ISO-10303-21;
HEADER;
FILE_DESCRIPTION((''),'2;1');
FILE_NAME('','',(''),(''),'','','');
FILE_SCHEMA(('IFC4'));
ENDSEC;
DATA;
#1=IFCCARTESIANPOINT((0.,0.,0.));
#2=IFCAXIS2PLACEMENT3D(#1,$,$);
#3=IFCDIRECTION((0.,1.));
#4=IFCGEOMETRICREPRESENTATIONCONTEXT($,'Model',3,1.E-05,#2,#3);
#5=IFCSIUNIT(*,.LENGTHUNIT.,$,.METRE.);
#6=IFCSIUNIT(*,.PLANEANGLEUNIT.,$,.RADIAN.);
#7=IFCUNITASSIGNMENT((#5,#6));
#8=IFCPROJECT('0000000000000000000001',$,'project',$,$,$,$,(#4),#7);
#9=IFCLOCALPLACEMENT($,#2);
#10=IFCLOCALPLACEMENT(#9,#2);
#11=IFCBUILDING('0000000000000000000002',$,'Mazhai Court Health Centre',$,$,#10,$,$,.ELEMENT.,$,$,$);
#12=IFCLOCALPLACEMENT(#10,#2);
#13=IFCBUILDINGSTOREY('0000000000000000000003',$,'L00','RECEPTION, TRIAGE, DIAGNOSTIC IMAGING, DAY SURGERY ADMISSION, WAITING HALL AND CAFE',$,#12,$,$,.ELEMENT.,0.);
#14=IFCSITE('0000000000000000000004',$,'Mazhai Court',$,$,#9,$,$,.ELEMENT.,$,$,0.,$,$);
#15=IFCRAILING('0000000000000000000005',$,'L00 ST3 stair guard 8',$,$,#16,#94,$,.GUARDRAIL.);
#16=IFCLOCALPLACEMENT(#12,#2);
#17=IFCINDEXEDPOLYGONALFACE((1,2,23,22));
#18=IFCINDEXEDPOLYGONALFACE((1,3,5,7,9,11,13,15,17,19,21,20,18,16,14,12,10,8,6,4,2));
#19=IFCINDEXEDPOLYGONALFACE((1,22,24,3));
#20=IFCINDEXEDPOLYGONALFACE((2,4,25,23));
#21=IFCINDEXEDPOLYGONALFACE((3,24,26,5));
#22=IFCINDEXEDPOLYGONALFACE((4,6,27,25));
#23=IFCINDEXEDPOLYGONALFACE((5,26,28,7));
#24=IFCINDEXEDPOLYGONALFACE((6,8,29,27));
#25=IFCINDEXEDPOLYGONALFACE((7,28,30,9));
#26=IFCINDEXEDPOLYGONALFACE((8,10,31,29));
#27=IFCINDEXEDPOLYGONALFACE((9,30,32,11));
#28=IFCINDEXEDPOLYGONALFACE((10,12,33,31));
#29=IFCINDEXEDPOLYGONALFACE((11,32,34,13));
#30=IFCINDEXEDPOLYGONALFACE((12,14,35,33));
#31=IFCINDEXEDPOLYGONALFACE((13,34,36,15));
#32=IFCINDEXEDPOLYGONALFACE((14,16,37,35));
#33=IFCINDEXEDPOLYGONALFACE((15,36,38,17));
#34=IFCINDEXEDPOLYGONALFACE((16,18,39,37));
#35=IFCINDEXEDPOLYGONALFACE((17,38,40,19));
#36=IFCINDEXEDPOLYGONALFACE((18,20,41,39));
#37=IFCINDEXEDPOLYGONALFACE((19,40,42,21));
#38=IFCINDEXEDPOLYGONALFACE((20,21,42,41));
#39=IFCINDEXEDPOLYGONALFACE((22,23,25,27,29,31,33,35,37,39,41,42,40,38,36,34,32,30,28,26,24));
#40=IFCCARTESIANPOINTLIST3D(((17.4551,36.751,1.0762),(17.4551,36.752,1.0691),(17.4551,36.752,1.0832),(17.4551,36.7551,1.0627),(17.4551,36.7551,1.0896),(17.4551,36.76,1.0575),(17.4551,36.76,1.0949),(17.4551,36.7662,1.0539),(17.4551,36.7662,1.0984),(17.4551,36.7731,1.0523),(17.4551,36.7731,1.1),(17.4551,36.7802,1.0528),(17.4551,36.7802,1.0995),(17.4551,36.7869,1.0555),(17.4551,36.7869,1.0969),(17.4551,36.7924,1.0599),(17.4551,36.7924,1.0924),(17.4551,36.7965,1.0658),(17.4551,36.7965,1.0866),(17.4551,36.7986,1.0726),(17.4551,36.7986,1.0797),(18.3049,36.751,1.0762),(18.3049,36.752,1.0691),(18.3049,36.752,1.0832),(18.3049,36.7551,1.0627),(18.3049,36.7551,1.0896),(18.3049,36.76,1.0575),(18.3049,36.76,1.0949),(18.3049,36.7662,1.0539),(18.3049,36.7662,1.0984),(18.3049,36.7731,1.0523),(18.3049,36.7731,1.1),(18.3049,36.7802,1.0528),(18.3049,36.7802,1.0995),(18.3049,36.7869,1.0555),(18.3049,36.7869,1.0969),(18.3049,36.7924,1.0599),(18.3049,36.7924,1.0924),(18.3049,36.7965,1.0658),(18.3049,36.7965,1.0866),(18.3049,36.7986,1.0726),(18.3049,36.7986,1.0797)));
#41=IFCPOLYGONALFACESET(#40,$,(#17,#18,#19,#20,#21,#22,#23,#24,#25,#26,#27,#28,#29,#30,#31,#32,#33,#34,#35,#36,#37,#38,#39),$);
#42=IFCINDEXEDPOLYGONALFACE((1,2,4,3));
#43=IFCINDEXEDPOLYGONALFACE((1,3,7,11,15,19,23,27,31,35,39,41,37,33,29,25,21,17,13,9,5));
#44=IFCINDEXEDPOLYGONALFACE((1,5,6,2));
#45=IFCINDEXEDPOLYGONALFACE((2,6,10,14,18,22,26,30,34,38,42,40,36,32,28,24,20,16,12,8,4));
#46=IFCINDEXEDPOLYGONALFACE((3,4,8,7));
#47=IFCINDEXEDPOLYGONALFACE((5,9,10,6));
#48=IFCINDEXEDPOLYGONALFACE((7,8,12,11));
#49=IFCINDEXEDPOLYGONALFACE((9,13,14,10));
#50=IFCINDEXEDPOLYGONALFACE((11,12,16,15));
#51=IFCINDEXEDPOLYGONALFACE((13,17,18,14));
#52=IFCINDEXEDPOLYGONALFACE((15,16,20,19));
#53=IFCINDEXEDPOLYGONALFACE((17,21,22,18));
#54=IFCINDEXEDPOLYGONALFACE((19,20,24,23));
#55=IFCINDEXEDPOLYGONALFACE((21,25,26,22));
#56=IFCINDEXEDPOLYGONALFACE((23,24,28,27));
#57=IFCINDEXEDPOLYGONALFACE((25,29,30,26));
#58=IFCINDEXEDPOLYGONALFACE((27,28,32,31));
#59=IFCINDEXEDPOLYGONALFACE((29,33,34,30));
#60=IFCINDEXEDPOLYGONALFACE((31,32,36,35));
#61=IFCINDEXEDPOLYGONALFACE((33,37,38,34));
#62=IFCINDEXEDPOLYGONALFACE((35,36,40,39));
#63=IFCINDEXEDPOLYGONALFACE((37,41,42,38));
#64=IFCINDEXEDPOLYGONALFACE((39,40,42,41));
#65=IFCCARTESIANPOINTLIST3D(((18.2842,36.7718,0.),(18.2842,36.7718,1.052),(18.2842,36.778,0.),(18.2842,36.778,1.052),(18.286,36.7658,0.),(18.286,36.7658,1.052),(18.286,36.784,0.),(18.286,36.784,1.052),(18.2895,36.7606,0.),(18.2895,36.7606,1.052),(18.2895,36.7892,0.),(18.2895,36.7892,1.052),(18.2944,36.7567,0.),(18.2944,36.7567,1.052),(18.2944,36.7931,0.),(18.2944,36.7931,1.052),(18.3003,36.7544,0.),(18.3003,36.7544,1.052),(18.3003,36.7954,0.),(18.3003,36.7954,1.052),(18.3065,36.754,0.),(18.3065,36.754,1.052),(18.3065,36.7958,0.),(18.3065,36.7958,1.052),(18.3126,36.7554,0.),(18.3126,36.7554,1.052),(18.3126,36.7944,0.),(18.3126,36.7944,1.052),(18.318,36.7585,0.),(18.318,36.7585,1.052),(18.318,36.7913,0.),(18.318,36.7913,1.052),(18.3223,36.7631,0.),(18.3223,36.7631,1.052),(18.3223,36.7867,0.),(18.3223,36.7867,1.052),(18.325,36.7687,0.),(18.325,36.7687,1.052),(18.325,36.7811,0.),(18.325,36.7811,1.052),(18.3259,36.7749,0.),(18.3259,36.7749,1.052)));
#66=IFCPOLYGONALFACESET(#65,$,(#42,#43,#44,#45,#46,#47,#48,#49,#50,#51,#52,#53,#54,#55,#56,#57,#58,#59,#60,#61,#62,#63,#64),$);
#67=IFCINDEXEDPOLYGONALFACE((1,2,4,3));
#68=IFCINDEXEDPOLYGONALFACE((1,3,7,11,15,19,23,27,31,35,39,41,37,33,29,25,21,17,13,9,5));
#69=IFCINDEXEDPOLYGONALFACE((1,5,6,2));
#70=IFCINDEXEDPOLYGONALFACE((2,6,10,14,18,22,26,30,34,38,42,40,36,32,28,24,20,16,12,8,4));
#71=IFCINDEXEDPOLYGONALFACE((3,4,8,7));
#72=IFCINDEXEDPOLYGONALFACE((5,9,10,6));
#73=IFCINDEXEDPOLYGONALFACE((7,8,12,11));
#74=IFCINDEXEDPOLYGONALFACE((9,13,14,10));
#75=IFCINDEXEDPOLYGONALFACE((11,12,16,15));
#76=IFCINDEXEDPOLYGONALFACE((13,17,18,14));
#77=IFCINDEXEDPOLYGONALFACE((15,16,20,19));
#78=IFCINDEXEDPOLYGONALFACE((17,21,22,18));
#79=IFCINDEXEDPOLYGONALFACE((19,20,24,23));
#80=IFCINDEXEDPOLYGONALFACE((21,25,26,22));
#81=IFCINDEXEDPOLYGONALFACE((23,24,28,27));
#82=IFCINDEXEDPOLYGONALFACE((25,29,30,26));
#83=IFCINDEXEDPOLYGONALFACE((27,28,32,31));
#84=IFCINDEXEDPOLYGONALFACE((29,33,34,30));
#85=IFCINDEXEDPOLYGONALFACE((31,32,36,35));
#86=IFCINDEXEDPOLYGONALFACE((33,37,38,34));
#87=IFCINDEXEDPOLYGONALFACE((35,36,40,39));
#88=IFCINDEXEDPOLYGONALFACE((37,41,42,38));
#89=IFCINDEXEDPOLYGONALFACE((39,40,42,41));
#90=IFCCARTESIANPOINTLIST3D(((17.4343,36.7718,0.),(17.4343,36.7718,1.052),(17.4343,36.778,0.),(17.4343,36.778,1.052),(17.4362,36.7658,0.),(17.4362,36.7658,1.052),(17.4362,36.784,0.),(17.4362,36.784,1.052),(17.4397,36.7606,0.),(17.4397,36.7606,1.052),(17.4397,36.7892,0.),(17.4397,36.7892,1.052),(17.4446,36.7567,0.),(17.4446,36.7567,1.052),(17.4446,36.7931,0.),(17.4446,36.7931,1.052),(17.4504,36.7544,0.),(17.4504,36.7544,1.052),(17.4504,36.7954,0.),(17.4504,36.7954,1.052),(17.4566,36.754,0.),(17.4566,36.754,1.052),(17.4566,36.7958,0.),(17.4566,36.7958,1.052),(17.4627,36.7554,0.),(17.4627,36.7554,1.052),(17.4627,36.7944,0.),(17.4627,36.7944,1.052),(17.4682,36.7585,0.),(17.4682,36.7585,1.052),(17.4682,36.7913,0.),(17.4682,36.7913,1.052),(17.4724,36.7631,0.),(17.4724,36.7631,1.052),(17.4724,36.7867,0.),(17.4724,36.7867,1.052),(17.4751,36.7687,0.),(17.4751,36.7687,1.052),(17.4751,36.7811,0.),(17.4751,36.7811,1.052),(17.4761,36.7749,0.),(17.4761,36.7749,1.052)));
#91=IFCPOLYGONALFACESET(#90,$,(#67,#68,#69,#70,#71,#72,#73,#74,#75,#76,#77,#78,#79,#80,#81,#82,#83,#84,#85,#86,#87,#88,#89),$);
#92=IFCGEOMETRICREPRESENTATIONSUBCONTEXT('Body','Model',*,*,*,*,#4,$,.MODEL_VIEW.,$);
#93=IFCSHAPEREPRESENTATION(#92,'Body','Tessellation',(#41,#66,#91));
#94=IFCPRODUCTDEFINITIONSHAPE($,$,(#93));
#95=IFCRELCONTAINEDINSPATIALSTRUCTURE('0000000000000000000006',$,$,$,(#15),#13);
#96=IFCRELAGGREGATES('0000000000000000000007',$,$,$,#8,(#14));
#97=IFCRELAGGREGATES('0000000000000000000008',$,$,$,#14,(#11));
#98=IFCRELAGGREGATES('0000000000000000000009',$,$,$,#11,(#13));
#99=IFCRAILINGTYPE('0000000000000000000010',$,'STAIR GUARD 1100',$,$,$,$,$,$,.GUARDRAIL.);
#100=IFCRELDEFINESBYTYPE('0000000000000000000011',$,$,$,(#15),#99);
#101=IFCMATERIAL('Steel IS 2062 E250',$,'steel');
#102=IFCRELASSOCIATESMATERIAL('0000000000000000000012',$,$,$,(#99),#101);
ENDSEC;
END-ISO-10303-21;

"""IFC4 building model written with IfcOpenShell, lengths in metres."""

from ifc_helpers import new_model, si_unit, direction, frame, origin, origin_2d, place, context, subcontext, project, spatial, circle, extrude, material, type_object, element, save


model = new_model("IFC4")

# Units and contexts
model_context = context("Model", 3, precision=1e-05, world=origin(), true_north=direction((0.0, 1.0)))
body_context = subcontext(model_context, "Body", "Model", "MODEL_VIEW")
ifc_project = project(units=[si_unit("LENGTHUNIT", "METRE"), si_unit("PLANEANGLEUNIT", "RADIAN")], contexts=[model_context])

# Site, building, storey
site_placement = place(None, origin())
site = spatial("IfcSite", under=ifc_project, at=site_placement, Name="Mazhai Court", CompositionType="ELEMENT", RefElevation=0.0)
building_placement = place(site_placement, origin())
building = spatial("IfcBuilding", under=site, at=building_placement, Name="Mazhai Court Health Centre", CompositionType="ELEMENT")
storey_placement = place(building_placement, origin())
storey = spatial("IfcBuildingStorey", under=building, at=storey_placement, Name="L00", Description="RECEPTION, TRIAGE, DIAGNOSTIC IMAGING, DAY SURGERY ADMISSION, WAITING HALL AND CAFE", CompositionType="ELEMENT", Elevation=0.0)

# Railing
ifc_material_1 = material(Name="Steel IS 2062 E250", Category="steel")
railing_type = type_object("IfcRailingType", Name="STAIR GUARD 1100", PredefinedType="GUARDRAIL", material=ifc_material_1)
railing_1_placement = place(storey_placement, frame((18.3049, 36.7749, 0.0)))
element("IfcRailing", 1, at=railing_1_placement, inside=storey, type_object=railing_type, Name="L00 ST3 stair guard 8", PredefinedType="GUARDRAIL", context=body_context, shape_type="SweptSolid", body=[
    extrude(circle(Radius=0.0239, at=origin_2d()), frame((0.0, 0.0, 1.0762), z_axis=(-1.0, 0.0, 0.0), x_axis=(0.0, -1.0, 0.0)), (0.0, 0.0, 1.0), 0.8499),
    extrude(circle(Radius=0.021, at=origin_2d()), origin(), (0.0, 0.0, 1.0), 1.052),
    extrude(circle(Radius=0.021, at=origin_2d()), frame((-0.8499, 0.0, 0.0)), (0.0, 0.0, 1.0), 1.052),
])

save(model, "model.ifc")
